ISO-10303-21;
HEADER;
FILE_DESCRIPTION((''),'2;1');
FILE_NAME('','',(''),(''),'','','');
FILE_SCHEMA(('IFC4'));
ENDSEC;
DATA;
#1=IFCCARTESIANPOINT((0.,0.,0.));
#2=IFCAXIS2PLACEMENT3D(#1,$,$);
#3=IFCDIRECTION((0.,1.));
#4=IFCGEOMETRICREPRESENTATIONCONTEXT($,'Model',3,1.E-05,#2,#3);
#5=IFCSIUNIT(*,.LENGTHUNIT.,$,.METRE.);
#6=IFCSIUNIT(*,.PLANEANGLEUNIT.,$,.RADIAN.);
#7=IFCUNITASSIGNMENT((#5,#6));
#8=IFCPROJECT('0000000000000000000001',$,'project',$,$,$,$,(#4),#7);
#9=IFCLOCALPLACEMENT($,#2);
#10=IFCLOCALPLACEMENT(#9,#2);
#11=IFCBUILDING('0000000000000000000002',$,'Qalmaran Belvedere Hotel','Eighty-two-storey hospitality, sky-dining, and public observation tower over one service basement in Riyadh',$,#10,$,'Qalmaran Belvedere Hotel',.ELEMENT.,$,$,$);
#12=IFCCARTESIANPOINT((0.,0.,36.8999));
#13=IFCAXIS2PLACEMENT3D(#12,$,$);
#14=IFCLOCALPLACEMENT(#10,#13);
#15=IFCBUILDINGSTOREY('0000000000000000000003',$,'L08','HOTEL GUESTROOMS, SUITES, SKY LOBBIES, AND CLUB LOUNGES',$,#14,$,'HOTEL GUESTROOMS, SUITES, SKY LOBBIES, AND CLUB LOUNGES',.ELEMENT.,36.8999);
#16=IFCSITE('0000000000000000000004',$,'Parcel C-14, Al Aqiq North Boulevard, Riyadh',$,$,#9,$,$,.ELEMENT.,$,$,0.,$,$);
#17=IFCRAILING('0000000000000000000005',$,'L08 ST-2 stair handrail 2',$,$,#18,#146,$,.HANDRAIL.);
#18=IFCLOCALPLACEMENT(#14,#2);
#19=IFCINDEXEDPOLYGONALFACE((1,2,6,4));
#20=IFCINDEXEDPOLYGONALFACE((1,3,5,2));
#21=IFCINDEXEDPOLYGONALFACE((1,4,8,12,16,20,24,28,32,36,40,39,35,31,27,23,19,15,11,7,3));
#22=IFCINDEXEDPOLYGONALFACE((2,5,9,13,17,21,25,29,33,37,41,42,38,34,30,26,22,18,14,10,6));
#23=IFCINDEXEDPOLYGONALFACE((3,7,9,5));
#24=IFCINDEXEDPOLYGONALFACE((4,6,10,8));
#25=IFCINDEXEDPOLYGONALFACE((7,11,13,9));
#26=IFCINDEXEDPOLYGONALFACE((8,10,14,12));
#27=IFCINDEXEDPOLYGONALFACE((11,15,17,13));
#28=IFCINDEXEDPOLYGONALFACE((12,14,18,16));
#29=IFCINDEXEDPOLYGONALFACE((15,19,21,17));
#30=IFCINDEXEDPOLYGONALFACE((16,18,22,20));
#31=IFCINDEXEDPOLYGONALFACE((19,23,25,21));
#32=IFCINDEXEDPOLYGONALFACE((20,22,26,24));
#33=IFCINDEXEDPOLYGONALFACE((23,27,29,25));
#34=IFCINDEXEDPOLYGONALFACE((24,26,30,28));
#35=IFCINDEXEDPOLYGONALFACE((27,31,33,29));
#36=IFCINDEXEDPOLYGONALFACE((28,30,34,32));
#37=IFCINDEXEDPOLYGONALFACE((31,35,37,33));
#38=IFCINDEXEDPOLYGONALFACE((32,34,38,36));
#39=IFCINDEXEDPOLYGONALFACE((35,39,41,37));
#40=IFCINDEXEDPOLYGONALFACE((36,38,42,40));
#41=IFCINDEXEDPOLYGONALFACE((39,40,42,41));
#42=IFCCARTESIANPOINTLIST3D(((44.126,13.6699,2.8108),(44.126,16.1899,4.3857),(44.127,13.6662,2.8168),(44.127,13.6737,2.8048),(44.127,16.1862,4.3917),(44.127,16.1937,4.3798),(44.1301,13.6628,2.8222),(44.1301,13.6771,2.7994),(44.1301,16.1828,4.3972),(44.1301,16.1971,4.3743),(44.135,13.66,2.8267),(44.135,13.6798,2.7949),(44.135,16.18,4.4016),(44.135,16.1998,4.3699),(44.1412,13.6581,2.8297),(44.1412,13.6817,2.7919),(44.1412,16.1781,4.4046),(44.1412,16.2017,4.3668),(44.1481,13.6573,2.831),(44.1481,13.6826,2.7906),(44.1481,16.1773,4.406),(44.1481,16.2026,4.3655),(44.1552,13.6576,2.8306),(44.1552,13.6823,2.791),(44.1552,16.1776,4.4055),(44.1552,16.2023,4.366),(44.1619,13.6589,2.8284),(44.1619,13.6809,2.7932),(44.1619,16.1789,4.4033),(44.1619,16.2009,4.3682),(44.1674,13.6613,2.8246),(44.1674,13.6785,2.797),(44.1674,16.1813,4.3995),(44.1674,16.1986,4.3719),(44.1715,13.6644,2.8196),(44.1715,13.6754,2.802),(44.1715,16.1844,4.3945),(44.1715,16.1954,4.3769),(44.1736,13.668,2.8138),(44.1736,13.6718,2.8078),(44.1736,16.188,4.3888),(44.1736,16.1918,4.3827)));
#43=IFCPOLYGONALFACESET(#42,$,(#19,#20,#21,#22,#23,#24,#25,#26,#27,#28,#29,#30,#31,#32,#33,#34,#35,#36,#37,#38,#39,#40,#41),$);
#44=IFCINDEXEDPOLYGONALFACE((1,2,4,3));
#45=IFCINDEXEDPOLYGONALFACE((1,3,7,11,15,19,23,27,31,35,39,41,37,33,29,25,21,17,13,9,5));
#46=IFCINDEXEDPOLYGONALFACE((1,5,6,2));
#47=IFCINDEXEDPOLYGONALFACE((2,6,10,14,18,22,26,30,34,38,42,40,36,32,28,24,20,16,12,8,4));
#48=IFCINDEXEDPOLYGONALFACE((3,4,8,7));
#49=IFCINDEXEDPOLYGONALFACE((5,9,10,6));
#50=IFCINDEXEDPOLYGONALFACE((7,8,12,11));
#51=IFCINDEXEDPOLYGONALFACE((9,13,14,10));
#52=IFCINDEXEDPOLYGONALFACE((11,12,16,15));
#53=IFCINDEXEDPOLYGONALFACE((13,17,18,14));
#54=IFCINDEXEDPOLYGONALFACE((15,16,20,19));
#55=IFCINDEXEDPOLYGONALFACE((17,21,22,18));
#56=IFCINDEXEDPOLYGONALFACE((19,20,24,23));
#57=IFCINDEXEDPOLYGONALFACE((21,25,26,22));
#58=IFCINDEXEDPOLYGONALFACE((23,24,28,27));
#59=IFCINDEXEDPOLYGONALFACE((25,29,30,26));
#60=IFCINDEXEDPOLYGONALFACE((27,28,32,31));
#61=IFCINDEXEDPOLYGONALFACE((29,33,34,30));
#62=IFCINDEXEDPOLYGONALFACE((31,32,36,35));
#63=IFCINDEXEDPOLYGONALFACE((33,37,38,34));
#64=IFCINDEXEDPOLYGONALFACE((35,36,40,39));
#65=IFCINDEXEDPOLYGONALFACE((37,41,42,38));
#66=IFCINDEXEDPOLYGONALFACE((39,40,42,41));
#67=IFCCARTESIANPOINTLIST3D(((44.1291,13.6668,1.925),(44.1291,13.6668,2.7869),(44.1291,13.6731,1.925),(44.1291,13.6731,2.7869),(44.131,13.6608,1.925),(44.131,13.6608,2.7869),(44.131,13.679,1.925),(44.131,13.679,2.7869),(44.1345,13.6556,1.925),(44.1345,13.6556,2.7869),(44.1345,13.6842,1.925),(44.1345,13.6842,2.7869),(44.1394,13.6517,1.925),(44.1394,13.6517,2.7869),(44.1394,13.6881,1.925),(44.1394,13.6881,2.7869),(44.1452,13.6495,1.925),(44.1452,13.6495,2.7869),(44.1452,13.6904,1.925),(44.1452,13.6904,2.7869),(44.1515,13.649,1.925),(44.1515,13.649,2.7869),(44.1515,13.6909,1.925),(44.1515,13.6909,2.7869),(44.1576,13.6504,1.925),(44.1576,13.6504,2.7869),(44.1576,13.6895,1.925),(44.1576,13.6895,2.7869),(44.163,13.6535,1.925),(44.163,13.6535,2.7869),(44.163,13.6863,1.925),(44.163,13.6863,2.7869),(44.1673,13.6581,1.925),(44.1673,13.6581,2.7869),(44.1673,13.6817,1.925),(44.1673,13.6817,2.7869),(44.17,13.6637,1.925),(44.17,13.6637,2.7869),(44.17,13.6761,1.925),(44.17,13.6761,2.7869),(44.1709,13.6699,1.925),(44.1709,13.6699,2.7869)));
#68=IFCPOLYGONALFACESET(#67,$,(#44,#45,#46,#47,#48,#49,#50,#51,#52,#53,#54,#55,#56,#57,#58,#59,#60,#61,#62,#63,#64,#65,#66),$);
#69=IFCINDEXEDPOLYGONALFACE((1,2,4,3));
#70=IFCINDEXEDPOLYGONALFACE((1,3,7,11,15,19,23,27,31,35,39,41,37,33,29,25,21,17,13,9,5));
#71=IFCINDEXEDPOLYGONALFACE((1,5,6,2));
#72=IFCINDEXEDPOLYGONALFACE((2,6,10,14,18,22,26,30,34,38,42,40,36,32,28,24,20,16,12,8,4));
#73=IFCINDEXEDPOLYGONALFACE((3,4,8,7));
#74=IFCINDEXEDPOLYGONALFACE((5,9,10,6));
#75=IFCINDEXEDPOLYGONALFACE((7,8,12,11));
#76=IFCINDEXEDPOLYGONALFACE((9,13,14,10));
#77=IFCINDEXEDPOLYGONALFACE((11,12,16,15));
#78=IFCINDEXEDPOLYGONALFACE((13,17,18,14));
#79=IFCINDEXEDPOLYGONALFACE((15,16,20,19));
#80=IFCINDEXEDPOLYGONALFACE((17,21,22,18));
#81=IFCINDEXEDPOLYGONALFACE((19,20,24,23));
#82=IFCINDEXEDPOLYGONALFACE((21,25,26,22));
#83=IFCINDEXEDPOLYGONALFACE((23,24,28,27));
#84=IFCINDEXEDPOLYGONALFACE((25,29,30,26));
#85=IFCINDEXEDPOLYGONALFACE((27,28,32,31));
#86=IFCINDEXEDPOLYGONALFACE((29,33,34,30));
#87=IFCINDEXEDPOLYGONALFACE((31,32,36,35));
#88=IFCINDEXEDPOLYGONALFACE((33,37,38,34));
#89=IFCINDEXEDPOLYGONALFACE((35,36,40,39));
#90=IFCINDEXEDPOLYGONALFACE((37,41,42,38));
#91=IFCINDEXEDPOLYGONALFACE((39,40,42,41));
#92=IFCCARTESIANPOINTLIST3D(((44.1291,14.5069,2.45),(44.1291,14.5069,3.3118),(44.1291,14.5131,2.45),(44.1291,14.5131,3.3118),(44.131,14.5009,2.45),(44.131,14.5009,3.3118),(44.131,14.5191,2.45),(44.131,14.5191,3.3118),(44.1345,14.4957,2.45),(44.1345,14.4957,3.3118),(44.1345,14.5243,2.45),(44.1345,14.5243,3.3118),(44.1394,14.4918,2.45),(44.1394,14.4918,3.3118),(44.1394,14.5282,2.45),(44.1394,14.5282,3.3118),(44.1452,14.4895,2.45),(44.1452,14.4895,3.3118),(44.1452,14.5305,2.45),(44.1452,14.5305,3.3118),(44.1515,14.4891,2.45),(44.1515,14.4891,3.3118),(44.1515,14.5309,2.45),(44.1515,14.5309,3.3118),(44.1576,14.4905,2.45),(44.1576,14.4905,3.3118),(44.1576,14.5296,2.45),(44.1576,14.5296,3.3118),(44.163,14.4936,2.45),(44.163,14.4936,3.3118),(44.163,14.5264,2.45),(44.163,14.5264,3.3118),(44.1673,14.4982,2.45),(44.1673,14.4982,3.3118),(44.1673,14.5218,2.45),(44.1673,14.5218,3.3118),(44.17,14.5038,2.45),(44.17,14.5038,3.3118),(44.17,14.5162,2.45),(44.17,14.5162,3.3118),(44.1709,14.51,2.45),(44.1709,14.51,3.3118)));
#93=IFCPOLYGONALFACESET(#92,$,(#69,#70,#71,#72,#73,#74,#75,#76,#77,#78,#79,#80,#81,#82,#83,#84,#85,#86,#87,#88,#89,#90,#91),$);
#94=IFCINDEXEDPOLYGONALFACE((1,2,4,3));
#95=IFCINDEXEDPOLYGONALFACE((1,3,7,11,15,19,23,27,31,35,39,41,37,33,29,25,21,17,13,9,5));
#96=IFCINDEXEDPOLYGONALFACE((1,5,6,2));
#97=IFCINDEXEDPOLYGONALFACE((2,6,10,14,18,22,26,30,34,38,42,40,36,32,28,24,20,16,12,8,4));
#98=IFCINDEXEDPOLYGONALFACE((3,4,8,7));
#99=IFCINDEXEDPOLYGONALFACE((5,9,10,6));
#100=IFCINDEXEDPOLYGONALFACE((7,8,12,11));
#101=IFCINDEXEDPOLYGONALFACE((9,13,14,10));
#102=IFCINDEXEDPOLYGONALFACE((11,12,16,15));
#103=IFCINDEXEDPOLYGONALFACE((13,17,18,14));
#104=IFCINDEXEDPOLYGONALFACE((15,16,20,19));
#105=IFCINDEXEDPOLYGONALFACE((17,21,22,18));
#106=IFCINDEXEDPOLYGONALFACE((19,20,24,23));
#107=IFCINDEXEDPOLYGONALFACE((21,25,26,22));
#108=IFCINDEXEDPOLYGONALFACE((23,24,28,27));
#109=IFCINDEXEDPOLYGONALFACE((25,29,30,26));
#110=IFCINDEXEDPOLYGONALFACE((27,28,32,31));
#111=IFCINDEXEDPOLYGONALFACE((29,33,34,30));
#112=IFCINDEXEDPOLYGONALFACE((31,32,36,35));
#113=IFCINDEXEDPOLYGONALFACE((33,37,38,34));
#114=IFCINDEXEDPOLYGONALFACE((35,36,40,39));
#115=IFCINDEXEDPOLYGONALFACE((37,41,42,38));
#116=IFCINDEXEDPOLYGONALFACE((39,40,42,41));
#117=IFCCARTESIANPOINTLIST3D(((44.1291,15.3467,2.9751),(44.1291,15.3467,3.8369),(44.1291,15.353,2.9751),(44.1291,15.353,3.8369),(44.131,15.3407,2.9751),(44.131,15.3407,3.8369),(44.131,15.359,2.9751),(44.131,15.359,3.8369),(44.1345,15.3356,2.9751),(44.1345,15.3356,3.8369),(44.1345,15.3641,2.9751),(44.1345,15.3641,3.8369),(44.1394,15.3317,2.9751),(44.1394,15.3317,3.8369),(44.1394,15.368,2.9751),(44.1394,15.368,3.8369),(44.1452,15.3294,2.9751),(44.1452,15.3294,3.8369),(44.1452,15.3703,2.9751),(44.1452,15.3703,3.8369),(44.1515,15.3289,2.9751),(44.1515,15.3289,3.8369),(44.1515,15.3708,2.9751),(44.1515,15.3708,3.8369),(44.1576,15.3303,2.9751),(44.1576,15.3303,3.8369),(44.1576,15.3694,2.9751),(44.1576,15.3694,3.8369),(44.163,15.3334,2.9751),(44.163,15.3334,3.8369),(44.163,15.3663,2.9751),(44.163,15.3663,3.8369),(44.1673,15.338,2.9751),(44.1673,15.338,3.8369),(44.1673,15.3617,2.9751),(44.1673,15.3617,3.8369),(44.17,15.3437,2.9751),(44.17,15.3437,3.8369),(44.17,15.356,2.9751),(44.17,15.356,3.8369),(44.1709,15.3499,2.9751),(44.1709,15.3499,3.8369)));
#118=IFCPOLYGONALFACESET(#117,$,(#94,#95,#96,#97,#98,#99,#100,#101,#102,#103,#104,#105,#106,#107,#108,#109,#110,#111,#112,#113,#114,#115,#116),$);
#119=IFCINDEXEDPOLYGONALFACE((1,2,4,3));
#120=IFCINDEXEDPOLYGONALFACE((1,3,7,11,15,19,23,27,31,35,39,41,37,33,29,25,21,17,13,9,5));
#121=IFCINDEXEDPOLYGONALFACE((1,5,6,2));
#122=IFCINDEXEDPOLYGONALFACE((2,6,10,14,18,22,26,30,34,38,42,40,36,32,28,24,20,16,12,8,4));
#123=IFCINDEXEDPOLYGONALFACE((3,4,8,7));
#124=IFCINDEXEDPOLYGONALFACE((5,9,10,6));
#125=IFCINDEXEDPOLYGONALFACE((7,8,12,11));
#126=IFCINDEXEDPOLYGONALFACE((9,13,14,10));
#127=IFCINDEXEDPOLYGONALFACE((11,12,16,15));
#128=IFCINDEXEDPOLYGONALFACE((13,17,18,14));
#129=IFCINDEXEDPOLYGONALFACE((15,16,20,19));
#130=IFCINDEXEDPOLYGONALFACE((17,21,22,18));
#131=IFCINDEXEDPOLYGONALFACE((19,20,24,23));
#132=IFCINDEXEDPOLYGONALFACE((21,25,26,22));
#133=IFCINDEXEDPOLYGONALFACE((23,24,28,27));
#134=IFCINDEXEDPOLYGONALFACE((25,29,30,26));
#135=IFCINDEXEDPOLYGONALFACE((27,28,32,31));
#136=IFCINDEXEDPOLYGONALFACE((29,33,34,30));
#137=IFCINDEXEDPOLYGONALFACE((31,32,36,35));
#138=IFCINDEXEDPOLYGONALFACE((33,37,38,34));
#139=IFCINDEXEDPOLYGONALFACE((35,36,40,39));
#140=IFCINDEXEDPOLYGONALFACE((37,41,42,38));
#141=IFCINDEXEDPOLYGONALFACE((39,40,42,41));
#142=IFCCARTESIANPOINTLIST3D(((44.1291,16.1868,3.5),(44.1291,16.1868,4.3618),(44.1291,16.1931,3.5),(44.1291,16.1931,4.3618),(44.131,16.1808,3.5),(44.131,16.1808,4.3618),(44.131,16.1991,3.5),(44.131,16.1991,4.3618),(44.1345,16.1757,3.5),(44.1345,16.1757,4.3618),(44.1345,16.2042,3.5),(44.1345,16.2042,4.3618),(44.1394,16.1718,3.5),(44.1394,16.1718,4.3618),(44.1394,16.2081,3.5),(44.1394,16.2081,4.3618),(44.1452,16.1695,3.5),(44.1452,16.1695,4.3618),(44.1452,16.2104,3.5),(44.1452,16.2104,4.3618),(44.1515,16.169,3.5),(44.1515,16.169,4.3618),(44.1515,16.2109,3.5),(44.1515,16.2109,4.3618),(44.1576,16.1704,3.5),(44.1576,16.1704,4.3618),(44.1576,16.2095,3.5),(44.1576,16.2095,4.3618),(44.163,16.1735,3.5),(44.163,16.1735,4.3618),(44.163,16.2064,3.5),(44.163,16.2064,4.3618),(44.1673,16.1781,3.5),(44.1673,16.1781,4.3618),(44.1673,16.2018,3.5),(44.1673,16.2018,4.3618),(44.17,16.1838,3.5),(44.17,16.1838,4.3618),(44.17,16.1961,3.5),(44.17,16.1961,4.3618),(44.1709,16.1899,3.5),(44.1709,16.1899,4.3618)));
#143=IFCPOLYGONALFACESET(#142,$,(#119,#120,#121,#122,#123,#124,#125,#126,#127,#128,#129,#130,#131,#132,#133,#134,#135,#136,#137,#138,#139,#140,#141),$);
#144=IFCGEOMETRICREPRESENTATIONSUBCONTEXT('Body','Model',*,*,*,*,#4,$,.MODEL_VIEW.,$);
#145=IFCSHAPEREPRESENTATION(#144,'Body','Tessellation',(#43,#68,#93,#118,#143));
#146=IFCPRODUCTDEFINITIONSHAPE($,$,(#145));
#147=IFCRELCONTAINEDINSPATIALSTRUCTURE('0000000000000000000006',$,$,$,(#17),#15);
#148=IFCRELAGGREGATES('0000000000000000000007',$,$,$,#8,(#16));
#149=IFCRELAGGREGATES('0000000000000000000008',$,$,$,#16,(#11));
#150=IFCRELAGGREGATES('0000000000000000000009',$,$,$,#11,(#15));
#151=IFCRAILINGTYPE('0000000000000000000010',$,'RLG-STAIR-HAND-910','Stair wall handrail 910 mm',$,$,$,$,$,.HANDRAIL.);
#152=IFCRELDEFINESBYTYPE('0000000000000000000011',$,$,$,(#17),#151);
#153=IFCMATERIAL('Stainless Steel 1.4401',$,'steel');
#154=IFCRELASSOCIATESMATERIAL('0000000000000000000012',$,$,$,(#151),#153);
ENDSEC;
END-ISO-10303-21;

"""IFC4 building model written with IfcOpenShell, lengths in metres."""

from ifc_helpers import new_model, si_unit, direction, frame, origin, origin_2d, place, context, subcontext, project, spatial, circle, extrude, material, type_object, element, save


model = new_model("IFC4")

# Units and contexts
model_context = context("Model", 3, precision=1e-05, world=origin(), true_north=direction((0.0, 1.0)))
body_context = subcontext(model_context, "Body", "Model", "MODEL_VIEW")
ifc_project = project(units=[si_unit("LENGTHUNIT", "METRE"), si_unit("PLANEANGLEUNIT", "RADIAN")], contexts=[model_context])

# Site, building, storey
site_placement = place(None, origin())
site = spatial("IfcSite", under=ifc_project, at=site_placement, Name="Parcel C-14, Al Aqiq North Boulevard, Riyadh", CompositionType="ELEMENT", RefElevation=0.0)
building_placement = place(site_placement, origin())
building = spatial("IfcBuilding", under=site, at=building_placement, Name="Qalmaran Belvedere Hotel", Description="Eighty-two-storey hospitality, sky-dining, and public observation tower over one service basement in Riyadh", LongName="Qalmaran Belvedere Hotel", CompositionType="ELEMENT")
storey_placement = place(building_placement, frame((0.0, 0.0, 36.8999)))
storey = spatial("IfcBuildingStorey", under=building, at=storey_placement, Name="L08", Description="HOTEL GUESTROOMS, SUITES, SKY LOBBIES, AND CLUB LOUNGES", LongName="HOTEL GUESTROOMS, SUITES, SKY LOBBIES, AND CLUB LOUNGES", CompositionType="ELEMENT", Elevation=36.8999)

# Shared definitions
ifc_material_1 = material(Name="Stainless Steel 1.4401", Category="steel")

# Railing
railing_type_1 = type_object("IfcRailingType", Name="RLG-STAIR-HAND-910", Description="Stair wall handrail 910 mm", PredefinedType="HANDRAIL", material=ifc_material_1)
railing_1_placement = place(storey_placement, frame((44.1499, 13.6699, 1.925)))
element("IfcRailing", 1, at=railing_1_placement, inside=storey, type_object=railing_type_1, Name="L08 ST-2 stair handrail 2", PredefinedType="HANDRAIL", context=body_context, shape_type="SweptSolid", body=[
    extrude(circle(Radius=0.0239, at=origin_2d()), frame((0.0, 0.0, 0.8857), z_axis=(0.0, 0.848008, 0.529984), x_axis=(-1.0, 0.0, 0.0)), (0.0, 0.0, 1.0), 2.9717),
    extrude(circle(Radius=0.021, at=origin_2d()), origin(), (0.0, 0.0, 1.0), 0.8618),
    extrude(circle(Radius=0.021, at=origin_2d()), frame((0.0, 0.8401, 0.5249)), (0.0, 0.0, 1.0), 0.8618),
    extrude(circle(Radius=0.021, at=origin_2d()), frame((0.0, 1.6799, 1.05)), (0.0, 0.0, 1.0), 0.8618),
    extrude(circle(Radius=0.021, at=origin_2d()), frame((0.0, 2.52, 1.575)), (0.0, 0.0, 1.0), 0.8618),
])

save(model, "model.ifc")
